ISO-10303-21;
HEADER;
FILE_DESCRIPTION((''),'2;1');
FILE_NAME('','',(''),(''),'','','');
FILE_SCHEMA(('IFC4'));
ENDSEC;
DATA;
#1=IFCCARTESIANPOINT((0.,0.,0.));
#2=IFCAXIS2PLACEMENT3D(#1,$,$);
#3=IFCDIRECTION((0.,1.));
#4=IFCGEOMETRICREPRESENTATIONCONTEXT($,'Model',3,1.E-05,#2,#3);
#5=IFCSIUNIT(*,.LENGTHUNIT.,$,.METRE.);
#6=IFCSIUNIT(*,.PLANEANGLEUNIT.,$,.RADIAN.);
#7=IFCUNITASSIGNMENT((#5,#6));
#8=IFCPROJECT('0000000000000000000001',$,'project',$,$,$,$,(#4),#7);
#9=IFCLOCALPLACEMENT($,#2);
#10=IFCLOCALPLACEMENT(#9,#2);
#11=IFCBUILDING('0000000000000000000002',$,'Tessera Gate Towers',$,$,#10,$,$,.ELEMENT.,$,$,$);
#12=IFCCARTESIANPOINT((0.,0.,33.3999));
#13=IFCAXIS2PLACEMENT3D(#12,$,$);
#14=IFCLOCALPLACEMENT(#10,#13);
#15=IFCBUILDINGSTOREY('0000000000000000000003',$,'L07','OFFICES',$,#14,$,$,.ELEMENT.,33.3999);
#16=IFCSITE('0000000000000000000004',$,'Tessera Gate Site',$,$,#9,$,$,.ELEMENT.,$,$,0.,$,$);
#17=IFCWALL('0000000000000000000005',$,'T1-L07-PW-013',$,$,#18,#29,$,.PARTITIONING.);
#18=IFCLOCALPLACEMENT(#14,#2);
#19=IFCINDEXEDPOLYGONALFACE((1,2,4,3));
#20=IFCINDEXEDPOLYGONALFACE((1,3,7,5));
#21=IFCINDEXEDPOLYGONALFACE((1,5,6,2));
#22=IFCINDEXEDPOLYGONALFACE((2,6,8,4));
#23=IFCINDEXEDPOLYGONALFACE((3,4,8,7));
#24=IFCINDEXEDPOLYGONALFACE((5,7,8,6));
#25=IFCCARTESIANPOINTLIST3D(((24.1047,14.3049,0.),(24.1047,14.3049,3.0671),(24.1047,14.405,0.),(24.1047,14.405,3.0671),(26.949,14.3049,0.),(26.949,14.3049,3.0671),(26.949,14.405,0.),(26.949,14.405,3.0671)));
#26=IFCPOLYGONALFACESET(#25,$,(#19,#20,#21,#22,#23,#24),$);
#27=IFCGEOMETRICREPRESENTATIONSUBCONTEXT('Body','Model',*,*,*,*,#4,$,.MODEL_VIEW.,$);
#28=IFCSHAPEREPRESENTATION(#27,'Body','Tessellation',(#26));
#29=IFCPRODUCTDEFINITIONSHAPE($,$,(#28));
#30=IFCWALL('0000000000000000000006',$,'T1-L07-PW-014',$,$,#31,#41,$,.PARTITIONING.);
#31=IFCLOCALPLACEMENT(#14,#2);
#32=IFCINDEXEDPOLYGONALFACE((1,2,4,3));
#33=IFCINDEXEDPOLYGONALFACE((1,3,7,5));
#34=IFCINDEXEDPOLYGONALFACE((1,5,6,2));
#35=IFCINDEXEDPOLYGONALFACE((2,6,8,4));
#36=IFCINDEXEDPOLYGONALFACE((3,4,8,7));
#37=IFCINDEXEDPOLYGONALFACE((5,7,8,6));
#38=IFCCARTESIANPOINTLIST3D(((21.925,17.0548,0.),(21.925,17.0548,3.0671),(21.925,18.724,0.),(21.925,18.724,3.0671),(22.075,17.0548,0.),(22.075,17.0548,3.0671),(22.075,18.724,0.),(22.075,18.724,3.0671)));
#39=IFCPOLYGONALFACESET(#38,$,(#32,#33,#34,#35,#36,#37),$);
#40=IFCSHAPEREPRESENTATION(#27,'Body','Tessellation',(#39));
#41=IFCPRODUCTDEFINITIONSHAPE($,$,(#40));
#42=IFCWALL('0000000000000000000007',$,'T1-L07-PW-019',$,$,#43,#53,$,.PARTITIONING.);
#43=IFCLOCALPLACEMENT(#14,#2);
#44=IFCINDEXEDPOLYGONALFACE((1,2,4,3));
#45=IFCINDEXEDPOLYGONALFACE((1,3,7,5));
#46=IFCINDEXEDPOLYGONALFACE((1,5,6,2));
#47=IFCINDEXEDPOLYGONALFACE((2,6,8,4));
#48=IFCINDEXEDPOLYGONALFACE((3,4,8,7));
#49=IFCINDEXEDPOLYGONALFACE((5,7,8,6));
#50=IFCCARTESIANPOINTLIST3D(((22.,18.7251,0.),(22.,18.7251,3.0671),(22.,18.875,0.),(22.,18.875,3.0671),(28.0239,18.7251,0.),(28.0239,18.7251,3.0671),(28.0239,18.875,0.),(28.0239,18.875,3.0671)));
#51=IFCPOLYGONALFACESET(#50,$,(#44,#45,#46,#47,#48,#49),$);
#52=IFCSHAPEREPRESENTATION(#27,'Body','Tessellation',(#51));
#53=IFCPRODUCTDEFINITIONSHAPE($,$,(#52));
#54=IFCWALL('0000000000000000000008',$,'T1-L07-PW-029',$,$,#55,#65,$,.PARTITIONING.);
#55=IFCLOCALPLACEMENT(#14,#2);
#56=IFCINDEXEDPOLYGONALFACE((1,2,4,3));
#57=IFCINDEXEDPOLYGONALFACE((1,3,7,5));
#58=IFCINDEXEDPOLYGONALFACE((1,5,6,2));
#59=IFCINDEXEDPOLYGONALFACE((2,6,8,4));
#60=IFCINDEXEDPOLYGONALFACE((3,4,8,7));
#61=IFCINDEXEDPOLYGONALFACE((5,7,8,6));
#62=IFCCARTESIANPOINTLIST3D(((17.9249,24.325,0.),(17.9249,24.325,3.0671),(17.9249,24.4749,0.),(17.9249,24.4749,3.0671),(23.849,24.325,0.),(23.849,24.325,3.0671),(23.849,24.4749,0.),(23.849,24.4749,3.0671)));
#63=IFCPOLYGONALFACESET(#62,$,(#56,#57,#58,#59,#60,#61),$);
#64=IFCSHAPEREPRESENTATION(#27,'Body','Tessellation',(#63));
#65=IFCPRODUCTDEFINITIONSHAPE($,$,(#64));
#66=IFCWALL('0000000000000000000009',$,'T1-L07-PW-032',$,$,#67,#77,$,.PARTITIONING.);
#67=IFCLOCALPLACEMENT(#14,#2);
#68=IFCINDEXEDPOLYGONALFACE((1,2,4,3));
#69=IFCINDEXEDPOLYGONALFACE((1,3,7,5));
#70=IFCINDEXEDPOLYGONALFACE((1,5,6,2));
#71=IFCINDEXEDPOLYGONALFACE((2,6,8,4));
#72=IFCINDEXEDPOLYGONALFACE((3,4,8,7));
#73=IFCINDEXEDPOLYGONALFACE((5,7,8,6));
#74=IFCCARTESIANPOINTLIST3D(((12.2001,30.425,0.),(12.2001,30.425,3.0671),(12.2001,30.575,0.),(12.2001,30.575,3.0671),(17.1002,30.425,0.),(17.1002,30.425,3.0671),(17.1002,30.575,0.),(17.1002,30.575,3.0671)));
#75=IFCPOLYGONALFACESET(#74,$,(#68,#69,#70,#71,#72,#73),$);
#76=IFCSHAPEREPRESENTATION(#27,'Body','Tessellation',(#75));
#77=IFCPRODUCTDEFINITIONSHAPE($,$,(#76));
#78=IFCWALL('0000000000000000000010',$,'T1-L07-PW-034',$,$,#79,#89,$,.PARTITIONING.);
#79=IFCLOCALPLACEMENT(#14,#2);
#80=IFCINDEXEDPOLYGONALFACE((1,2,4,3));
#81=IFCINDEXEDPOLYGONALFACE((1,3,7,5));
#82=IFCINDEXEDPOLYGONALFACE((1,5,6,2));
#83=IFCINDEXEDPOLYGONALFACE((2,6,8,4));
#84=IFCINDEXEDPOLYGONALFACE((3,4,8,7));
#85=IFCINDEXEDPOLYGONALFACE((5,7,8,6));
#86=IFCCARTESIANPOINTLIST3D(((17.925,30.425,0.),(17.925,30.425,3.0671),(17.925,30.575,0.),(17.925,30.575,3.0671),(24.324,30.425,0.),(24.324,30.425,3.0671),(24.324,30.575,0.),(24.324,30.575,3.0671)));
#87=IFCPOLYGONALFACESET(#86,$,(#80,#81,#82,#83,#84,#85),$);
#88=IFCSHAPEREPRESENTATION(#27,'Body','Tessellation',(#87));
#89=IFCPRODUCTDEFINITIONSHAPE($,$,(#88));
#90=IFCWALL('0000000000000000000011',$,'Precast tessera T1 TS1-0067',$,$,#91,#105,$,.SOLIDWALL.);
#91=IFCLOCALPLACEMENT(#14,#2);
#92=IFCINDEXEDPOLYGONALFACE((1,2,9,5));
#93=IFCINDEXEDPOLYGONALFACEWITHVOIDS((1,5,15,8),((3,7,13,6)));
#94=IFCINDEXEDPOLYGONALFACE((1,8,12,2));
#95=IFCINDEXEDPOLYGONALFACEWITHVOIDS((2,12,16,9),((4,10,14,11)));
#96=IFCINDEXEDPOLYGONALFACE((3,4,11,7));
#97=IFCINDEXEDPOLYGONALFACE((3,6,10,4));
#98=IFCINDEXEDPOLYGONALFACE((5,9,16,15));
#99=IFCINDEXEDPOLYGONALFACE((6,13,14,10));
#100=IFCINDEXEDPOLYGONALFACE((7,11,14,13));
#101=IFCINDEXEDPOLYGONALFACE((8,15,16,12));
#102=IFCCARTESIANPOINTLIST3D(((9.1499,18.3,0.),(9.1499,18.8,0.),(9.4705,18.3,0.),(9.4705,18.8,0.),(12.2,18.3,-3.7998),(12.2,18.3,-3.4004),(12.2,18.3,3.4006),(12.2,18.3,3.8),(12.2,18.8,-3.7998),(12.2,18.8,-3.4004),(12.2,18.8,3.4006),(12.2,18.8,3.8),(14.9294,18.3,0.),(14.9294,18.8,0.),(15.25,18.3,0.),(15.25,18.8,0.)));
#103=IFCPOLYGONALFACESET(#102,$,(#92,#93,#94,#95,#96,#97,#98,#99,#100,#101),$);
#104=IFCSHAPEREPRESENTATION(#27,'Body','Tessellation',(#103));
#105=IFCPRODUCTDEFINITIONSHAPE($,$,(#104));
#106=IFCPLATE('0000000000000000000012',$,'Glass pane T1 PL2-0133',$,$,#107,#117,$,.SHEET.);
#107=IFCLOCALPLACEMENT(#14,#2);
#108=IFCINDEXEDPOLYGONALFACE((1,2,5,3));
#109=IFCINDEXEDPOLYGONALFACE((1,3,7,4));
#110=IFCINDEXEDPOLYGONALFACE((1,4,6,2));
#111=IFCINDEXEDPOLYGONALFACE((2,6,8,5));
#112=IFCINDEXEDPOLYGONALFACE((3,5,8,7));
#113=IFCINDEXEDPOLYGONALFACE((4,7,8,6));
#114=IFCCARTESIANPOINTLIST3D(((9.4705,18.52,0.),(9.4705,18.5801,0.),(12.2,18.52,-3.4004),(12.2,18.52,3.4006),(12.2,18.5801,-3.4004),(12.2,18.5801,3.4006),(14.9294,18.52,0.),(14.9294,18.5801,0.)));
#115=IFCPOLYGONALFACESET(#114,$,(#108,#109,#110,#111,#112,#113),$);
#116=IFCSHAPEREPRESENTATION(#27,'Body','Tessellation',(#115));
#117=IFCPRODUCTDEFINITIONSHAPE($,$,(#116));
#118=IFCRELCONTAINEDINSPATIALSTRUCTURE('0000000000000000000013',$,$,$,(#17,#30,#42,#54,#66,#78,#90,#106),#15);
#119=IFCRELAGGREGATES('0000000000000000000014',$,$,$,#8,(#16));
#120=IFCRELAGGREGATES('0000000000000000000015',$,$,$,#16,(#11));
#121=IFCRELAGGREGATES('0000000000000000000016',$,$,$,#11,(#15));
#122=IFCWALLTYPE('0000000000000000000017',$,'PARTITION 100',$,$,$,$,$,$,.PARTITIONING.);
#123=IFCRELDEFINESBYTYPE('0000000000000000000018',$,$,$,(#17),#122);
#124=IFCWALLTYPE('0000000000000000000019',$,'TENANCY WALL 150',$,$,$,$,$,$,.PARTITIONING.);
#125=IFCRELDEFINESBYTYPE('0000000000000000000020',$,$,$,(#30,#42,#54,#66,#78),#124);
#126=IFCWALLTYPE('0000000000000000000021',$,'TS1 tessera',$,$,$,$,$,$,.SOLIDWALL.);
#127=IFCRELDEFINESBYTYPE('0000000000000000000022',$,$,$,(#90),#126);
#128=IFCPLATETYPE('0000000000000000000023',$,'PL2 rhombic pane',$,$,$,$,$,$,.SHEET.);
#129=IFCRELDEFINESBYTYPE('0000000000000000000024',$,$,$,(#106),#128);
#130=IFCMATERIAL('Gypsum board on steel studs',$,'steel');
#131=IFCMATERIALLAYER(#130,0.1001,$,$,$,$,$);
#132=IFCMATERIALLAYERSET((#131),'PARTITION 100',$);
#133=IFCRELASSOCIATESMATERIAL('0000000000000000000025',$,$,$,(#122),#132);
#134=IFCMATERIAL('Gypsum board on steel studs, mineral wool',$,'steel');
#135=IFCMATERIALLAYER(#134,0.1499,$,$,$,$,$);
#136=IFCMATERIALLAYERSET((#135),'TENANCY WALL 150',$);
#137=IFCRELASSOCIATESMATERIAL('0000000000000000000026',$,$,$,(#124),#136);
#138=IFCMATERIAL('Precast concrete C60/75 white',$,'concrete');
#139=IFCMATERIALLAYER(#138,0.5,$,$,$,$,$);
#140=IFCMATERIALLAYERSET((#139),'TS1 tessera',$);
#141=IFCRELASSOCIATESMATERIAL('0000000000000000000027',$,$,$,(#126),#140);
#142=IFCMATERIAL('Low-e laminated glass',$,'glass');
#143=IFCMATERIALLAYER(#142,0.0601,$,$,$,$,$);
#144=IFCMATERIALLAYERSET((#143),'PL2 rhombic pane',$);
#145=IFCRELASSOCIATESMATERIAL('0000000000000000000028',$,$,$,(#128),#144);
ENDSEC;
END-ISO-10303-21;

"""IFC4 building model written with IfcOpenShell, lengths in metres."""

from ifc_helpers import new_model, si_unit, direction, frame, frame_2d, origin, place, context, subcontext, project, spatial, polyline, rectangle, outline, extrude, source, transform, mapped, material, layer, layer_set, type_object, element, fill, save


model = new_model("IFC4")

# Units and contexts
model_context = context("Model", 3, precision=1e-05, world=origin(), true_north=direction((0.0, 1.0)))
body_context = subcontext(model_context, "Body", "Model", "MODEL_VIEW")
ifc_project = project(units=[si_unit("LENGTHUNIT", "METRE"), si_unit("PLANEANGLEUNIT", "RADIAN")], contexts=[model_context])

# Site, building, storey
site_placement = place(None, origin())
site = spatial("IfcSite", under=ifc_project, at=site_placement, Name="Tessera Gate Site", CompositionType="ELEMENT", RefElevation=0.0)
building_placement = place(site_placement, origin())
building = spatial("IfcBuilding", under=site, at=building_placement, Name="Tessera Gate Towers", CompositionType="ELEMENT")
storey_placement = place(building_placement, frame((0.0, 0.0, 33.3999)))
storey = spatial("IfcBuildingStorey", under=building, at=storey_placement, Name="L07", Description="OFFICES", CompositionType="ELEMENT", Elevation=33.3999)

# Walls
ifc_material_1 = material(Name="Gypsum board on steel studs", Category="steel")
ifc_layer_1 = layer(ifc_material_1, 0.1001)
ifc_layer_set_1 = layer_set([ifc_layer_1], Name="PARTITION 100")
wall_type_1 = type_object("IfcWallType", Name="PARTITION 100", PredefinedType="PARTITIONING", material=ifc_layer_set_1)
wall_1_placement = place(storey_placement, frame((24.1047, 14.355, 0.0), z_axis=(0.0, 0.0, 1.0), x_axis=(1.0, 0.0, 0.0)))
element("IfcWall", 1, at=wall_1_placement, inside=storey, type_object=wall_type_1, Name="T1-L07-PW-013", PredefinedType="PARTITIONING", context=body_context, shape_type="SweptSolid", body=[
    extrude(rectangle(XDim=2.8442, YDim=0.1001, at=frame_2d((1.4221, 0.0))), origin(), (0.0, 0.0, 1.0), 3.0671),
])
ifc_material_2 = material(Name="Gypsum board on steel studs, mineral wool", Category="steel")
ifc_layer_2 = layer(ifc_material_2, 0.1499)
ifc_layer_set_2 = layer_set([ifc_layer_2], Name="TENANCY WALL 150")
wall_type_2 = type_object("IfcWallType", Name="TENANCY WALL 150", PredefinedType="PARTITIONING", material=ifc_layer_set_2)
wall_2_placement = place(storey_placement, frame((22.0, 17.0549, 0.0), z_axis=(0.0, 0.0, 1.0), x_axis=(0.0, 1.0, 0.0)))
element("IfcWall", 2, at=wall_2_placement, inside=storey, type_object=wall_type_2, Name="T1-L07-PW-014", PredefinedType="PARTITIONING", context=body_context, shape_type="SweptSolid", body=[
    extrude(rectangle(XDim=1.6692, YDim=0.1499, at=frame_2d((0.8345, 0.0))), origin(), (0.0, 0.0, 1.0), 3.0671),
])
wall_3_placement = place(storey_placement, frame((22.0, 18.8, 0.0), z_axis=(0.0, 0.0, 1.0), x_axis=(1.0, 0.0, 0.0)))
element("IfcWall", 3, at=wall_3_placement, inside=storey, type_object=wall_type_2, Name="T1-L07-PW-019", PredefinedType="PARTITIONING", context=body_context, shape_type="SweptSolid", body=[
    extrude(rectangle(XDim=6.0239, YDim=0.1499, at=frame_2d((3.012, 0.0))), origin(), (0.0, 0.0, 1.0), 3.0671),
])
wall_4_placement = place(storey_placement, frame((17.925, 24.3999, 0.0), z_axis=(0.0, 0.0, 1.0), x_axis=(1.0, 0.0, 0.0)))
element("IfcWall", 4, at=wall_4_placement, inside=storey, type_object=wall_type_2, Name="T1-L07-PW-029", PredefinedType="PARTITIONING", context=body_context, shape_type="SweptSolid", body=[
    extrude(rectangle(XDim=5.9241, YDim=0.1499, at=frame_2d((2.9619, 0.0))), origin(), (0.0, 0.0, 1.0), 3.0671),
])
wall_5_placement = place(storey_placement, frame((12.2, 30.5, 0.0), z_axis=(0.0, 0.0, 1.0), x_axis=(1.0, 0.0, 0.0)))
element("IfcWall", 5, at=wall_5_placement, inside=storey, type_object=wall_type_2, Name="T1-L07-PW-032", PredefinedType="PARTITIONING", context=body_context, shape_type="SweptSolid", body=[
    extrude(rectangle(XDim=4.9001, YDim=0.1499, at=frame_2d((2.4502, 0.0))), origin(), (0.0, 0.0, 1.0), 3.0671),
])
wall_6_placement = place(storey_placement, frame((17.925, 30.5, 0.0), z_axis=(0.0, 0.0, 1.0), x_axis=(1.0, 0.0, 0.0)))
element("IfcWall", 6, at=wall_6_placement, inside=storey, type_object=wall_type_2, Name="T1-L07-PW-034", PredefinedType="PARTITIONING", context=body_context, shape_type="SweptSolid", body=[
    extrude(rectangle(XDim=6.3989, YDim=0.1499, at=frame_2d((3.1995, 0.0))), origin(), (0.0, 0.0, 1.0), 3.0671),
])

# Wall, opening, plate
ifc_material_3 = material(Name="Precast concrete C60/75 white", Category="concrete")
ifc_layer_3 = layer(ifc_material_3, 0.5)
ifc_layer_set_3 = layer_set([ifc_layer_3], Name="TS1 tessera")
wall_type_3 = type_object("IfcWallType", Name="TS1 tessera", PredefinedType="SOLIDWALL", material=ifc_layer_set_3)
shared_shape_1 = source(origin(), body_context, "Body", "SweptSolid", [
    extrude(outline(polyline([(3.05, 0.0), (6.1001, 3.7998), (3.05, 7.5999), (0.0, 3.7998), (3.05, 0.0)])), frame((0.0, 0.25, 0.0), z_axis=(0.0, -1.0, 0.0), x_axis=(1.0, 0.0, 0.0)), (0.0, 0.0, 1.0), 0.5),
])
wall_7_placement = place(storey_placement, frame((9.1499, 18.55, -3.7998), z_axis=(0.0, 0.0, 1.0), x_axis=(1.0, 0.0, 0.0)))
wall_7 = element("IfcWall", 7, at=wall_7_placement, inside=storey, type_object=wall_type_3, Name="Precast tessera T1 TS1-0067", PredefinedType="SOLIDWALL", context=body_context, shape_type="MappedRepresentation", body=[
    mapped(shared_shape_1, transform((0.0, 0.0, 0.0), scale=1.0)),
])
shared_shape_2 = source(origin(), body_context, "Body", "SweptSolid", [
    extrude(outline(polyline([(3.05, 0.3994), (5.7795, 3.7998), (3.05, 7.2004), (0.3206, 3.7998), (3.05, 0.3994)])), frame((0.0, 0.26, 0.0), z_axis=(0.0, -1.0, 0.0), x_axis=(1.0, 0.0, 0.0)), (0.0, 0.0, 1.0), 0.52),
])
opening_1_placement = place(wall_7_placement, origin())
opening_1 = element("IfcOpeningElement", 8, at=opening_1_placement, cuts=wall_7, PredefinedType="OPENING", context=body_context, shape_type="MappedRepresentation", body=[
    mapped(shared_shape_2, transform((0.0, 0.0, 0.0), scale=1.0)),
])
ifc_material_4 = material(Name="Low-e laminated glass", Category="glass")
ifc_layer_4 = layer(ifc_material_4, 0.0601)
ifc_layer_set_4 = layer_set([ifc_layer_4], Name="PL2 rhombic pane")
plate_type = type_object("IfcPlateType", Name="PL2 rhombic pane", PredefinedType="SHEET", material=ifc_layer_set_4)
shared_shape_3 = source(origin(), body_context, "Body", "SweptSolid", [
    extrude(outline(polyline([(3.05, 0.3994), (5.7795, 3.7998), (3.05, 7.2004), (0.3206, 3.7998), (3.05, 0.3994)])), frame((0.0, 0.03, 0.0), z_axis=(0.0, -1.0, 0.0), x_axis=(1.0, 0.0, 0.0)), (0.0, 0.0, 1.0), 0.0601),
])
plate_placement = place(opening_1_placement, origin())
plate = element("IfcPlate", 9, at=plate_placement, inside=storey, type_object=plate_type, Name="Glass pane T1 PL2-0133", PredefinedType="SHEET", context=body_context, shape_type="MappedRepresentation", body=[
    mapped(shared_shape_3, transform((0.0, 0.0, 0.0), scale=1.0)),
])
fill(opening_1, plate)

save(model, "model.ifc")
